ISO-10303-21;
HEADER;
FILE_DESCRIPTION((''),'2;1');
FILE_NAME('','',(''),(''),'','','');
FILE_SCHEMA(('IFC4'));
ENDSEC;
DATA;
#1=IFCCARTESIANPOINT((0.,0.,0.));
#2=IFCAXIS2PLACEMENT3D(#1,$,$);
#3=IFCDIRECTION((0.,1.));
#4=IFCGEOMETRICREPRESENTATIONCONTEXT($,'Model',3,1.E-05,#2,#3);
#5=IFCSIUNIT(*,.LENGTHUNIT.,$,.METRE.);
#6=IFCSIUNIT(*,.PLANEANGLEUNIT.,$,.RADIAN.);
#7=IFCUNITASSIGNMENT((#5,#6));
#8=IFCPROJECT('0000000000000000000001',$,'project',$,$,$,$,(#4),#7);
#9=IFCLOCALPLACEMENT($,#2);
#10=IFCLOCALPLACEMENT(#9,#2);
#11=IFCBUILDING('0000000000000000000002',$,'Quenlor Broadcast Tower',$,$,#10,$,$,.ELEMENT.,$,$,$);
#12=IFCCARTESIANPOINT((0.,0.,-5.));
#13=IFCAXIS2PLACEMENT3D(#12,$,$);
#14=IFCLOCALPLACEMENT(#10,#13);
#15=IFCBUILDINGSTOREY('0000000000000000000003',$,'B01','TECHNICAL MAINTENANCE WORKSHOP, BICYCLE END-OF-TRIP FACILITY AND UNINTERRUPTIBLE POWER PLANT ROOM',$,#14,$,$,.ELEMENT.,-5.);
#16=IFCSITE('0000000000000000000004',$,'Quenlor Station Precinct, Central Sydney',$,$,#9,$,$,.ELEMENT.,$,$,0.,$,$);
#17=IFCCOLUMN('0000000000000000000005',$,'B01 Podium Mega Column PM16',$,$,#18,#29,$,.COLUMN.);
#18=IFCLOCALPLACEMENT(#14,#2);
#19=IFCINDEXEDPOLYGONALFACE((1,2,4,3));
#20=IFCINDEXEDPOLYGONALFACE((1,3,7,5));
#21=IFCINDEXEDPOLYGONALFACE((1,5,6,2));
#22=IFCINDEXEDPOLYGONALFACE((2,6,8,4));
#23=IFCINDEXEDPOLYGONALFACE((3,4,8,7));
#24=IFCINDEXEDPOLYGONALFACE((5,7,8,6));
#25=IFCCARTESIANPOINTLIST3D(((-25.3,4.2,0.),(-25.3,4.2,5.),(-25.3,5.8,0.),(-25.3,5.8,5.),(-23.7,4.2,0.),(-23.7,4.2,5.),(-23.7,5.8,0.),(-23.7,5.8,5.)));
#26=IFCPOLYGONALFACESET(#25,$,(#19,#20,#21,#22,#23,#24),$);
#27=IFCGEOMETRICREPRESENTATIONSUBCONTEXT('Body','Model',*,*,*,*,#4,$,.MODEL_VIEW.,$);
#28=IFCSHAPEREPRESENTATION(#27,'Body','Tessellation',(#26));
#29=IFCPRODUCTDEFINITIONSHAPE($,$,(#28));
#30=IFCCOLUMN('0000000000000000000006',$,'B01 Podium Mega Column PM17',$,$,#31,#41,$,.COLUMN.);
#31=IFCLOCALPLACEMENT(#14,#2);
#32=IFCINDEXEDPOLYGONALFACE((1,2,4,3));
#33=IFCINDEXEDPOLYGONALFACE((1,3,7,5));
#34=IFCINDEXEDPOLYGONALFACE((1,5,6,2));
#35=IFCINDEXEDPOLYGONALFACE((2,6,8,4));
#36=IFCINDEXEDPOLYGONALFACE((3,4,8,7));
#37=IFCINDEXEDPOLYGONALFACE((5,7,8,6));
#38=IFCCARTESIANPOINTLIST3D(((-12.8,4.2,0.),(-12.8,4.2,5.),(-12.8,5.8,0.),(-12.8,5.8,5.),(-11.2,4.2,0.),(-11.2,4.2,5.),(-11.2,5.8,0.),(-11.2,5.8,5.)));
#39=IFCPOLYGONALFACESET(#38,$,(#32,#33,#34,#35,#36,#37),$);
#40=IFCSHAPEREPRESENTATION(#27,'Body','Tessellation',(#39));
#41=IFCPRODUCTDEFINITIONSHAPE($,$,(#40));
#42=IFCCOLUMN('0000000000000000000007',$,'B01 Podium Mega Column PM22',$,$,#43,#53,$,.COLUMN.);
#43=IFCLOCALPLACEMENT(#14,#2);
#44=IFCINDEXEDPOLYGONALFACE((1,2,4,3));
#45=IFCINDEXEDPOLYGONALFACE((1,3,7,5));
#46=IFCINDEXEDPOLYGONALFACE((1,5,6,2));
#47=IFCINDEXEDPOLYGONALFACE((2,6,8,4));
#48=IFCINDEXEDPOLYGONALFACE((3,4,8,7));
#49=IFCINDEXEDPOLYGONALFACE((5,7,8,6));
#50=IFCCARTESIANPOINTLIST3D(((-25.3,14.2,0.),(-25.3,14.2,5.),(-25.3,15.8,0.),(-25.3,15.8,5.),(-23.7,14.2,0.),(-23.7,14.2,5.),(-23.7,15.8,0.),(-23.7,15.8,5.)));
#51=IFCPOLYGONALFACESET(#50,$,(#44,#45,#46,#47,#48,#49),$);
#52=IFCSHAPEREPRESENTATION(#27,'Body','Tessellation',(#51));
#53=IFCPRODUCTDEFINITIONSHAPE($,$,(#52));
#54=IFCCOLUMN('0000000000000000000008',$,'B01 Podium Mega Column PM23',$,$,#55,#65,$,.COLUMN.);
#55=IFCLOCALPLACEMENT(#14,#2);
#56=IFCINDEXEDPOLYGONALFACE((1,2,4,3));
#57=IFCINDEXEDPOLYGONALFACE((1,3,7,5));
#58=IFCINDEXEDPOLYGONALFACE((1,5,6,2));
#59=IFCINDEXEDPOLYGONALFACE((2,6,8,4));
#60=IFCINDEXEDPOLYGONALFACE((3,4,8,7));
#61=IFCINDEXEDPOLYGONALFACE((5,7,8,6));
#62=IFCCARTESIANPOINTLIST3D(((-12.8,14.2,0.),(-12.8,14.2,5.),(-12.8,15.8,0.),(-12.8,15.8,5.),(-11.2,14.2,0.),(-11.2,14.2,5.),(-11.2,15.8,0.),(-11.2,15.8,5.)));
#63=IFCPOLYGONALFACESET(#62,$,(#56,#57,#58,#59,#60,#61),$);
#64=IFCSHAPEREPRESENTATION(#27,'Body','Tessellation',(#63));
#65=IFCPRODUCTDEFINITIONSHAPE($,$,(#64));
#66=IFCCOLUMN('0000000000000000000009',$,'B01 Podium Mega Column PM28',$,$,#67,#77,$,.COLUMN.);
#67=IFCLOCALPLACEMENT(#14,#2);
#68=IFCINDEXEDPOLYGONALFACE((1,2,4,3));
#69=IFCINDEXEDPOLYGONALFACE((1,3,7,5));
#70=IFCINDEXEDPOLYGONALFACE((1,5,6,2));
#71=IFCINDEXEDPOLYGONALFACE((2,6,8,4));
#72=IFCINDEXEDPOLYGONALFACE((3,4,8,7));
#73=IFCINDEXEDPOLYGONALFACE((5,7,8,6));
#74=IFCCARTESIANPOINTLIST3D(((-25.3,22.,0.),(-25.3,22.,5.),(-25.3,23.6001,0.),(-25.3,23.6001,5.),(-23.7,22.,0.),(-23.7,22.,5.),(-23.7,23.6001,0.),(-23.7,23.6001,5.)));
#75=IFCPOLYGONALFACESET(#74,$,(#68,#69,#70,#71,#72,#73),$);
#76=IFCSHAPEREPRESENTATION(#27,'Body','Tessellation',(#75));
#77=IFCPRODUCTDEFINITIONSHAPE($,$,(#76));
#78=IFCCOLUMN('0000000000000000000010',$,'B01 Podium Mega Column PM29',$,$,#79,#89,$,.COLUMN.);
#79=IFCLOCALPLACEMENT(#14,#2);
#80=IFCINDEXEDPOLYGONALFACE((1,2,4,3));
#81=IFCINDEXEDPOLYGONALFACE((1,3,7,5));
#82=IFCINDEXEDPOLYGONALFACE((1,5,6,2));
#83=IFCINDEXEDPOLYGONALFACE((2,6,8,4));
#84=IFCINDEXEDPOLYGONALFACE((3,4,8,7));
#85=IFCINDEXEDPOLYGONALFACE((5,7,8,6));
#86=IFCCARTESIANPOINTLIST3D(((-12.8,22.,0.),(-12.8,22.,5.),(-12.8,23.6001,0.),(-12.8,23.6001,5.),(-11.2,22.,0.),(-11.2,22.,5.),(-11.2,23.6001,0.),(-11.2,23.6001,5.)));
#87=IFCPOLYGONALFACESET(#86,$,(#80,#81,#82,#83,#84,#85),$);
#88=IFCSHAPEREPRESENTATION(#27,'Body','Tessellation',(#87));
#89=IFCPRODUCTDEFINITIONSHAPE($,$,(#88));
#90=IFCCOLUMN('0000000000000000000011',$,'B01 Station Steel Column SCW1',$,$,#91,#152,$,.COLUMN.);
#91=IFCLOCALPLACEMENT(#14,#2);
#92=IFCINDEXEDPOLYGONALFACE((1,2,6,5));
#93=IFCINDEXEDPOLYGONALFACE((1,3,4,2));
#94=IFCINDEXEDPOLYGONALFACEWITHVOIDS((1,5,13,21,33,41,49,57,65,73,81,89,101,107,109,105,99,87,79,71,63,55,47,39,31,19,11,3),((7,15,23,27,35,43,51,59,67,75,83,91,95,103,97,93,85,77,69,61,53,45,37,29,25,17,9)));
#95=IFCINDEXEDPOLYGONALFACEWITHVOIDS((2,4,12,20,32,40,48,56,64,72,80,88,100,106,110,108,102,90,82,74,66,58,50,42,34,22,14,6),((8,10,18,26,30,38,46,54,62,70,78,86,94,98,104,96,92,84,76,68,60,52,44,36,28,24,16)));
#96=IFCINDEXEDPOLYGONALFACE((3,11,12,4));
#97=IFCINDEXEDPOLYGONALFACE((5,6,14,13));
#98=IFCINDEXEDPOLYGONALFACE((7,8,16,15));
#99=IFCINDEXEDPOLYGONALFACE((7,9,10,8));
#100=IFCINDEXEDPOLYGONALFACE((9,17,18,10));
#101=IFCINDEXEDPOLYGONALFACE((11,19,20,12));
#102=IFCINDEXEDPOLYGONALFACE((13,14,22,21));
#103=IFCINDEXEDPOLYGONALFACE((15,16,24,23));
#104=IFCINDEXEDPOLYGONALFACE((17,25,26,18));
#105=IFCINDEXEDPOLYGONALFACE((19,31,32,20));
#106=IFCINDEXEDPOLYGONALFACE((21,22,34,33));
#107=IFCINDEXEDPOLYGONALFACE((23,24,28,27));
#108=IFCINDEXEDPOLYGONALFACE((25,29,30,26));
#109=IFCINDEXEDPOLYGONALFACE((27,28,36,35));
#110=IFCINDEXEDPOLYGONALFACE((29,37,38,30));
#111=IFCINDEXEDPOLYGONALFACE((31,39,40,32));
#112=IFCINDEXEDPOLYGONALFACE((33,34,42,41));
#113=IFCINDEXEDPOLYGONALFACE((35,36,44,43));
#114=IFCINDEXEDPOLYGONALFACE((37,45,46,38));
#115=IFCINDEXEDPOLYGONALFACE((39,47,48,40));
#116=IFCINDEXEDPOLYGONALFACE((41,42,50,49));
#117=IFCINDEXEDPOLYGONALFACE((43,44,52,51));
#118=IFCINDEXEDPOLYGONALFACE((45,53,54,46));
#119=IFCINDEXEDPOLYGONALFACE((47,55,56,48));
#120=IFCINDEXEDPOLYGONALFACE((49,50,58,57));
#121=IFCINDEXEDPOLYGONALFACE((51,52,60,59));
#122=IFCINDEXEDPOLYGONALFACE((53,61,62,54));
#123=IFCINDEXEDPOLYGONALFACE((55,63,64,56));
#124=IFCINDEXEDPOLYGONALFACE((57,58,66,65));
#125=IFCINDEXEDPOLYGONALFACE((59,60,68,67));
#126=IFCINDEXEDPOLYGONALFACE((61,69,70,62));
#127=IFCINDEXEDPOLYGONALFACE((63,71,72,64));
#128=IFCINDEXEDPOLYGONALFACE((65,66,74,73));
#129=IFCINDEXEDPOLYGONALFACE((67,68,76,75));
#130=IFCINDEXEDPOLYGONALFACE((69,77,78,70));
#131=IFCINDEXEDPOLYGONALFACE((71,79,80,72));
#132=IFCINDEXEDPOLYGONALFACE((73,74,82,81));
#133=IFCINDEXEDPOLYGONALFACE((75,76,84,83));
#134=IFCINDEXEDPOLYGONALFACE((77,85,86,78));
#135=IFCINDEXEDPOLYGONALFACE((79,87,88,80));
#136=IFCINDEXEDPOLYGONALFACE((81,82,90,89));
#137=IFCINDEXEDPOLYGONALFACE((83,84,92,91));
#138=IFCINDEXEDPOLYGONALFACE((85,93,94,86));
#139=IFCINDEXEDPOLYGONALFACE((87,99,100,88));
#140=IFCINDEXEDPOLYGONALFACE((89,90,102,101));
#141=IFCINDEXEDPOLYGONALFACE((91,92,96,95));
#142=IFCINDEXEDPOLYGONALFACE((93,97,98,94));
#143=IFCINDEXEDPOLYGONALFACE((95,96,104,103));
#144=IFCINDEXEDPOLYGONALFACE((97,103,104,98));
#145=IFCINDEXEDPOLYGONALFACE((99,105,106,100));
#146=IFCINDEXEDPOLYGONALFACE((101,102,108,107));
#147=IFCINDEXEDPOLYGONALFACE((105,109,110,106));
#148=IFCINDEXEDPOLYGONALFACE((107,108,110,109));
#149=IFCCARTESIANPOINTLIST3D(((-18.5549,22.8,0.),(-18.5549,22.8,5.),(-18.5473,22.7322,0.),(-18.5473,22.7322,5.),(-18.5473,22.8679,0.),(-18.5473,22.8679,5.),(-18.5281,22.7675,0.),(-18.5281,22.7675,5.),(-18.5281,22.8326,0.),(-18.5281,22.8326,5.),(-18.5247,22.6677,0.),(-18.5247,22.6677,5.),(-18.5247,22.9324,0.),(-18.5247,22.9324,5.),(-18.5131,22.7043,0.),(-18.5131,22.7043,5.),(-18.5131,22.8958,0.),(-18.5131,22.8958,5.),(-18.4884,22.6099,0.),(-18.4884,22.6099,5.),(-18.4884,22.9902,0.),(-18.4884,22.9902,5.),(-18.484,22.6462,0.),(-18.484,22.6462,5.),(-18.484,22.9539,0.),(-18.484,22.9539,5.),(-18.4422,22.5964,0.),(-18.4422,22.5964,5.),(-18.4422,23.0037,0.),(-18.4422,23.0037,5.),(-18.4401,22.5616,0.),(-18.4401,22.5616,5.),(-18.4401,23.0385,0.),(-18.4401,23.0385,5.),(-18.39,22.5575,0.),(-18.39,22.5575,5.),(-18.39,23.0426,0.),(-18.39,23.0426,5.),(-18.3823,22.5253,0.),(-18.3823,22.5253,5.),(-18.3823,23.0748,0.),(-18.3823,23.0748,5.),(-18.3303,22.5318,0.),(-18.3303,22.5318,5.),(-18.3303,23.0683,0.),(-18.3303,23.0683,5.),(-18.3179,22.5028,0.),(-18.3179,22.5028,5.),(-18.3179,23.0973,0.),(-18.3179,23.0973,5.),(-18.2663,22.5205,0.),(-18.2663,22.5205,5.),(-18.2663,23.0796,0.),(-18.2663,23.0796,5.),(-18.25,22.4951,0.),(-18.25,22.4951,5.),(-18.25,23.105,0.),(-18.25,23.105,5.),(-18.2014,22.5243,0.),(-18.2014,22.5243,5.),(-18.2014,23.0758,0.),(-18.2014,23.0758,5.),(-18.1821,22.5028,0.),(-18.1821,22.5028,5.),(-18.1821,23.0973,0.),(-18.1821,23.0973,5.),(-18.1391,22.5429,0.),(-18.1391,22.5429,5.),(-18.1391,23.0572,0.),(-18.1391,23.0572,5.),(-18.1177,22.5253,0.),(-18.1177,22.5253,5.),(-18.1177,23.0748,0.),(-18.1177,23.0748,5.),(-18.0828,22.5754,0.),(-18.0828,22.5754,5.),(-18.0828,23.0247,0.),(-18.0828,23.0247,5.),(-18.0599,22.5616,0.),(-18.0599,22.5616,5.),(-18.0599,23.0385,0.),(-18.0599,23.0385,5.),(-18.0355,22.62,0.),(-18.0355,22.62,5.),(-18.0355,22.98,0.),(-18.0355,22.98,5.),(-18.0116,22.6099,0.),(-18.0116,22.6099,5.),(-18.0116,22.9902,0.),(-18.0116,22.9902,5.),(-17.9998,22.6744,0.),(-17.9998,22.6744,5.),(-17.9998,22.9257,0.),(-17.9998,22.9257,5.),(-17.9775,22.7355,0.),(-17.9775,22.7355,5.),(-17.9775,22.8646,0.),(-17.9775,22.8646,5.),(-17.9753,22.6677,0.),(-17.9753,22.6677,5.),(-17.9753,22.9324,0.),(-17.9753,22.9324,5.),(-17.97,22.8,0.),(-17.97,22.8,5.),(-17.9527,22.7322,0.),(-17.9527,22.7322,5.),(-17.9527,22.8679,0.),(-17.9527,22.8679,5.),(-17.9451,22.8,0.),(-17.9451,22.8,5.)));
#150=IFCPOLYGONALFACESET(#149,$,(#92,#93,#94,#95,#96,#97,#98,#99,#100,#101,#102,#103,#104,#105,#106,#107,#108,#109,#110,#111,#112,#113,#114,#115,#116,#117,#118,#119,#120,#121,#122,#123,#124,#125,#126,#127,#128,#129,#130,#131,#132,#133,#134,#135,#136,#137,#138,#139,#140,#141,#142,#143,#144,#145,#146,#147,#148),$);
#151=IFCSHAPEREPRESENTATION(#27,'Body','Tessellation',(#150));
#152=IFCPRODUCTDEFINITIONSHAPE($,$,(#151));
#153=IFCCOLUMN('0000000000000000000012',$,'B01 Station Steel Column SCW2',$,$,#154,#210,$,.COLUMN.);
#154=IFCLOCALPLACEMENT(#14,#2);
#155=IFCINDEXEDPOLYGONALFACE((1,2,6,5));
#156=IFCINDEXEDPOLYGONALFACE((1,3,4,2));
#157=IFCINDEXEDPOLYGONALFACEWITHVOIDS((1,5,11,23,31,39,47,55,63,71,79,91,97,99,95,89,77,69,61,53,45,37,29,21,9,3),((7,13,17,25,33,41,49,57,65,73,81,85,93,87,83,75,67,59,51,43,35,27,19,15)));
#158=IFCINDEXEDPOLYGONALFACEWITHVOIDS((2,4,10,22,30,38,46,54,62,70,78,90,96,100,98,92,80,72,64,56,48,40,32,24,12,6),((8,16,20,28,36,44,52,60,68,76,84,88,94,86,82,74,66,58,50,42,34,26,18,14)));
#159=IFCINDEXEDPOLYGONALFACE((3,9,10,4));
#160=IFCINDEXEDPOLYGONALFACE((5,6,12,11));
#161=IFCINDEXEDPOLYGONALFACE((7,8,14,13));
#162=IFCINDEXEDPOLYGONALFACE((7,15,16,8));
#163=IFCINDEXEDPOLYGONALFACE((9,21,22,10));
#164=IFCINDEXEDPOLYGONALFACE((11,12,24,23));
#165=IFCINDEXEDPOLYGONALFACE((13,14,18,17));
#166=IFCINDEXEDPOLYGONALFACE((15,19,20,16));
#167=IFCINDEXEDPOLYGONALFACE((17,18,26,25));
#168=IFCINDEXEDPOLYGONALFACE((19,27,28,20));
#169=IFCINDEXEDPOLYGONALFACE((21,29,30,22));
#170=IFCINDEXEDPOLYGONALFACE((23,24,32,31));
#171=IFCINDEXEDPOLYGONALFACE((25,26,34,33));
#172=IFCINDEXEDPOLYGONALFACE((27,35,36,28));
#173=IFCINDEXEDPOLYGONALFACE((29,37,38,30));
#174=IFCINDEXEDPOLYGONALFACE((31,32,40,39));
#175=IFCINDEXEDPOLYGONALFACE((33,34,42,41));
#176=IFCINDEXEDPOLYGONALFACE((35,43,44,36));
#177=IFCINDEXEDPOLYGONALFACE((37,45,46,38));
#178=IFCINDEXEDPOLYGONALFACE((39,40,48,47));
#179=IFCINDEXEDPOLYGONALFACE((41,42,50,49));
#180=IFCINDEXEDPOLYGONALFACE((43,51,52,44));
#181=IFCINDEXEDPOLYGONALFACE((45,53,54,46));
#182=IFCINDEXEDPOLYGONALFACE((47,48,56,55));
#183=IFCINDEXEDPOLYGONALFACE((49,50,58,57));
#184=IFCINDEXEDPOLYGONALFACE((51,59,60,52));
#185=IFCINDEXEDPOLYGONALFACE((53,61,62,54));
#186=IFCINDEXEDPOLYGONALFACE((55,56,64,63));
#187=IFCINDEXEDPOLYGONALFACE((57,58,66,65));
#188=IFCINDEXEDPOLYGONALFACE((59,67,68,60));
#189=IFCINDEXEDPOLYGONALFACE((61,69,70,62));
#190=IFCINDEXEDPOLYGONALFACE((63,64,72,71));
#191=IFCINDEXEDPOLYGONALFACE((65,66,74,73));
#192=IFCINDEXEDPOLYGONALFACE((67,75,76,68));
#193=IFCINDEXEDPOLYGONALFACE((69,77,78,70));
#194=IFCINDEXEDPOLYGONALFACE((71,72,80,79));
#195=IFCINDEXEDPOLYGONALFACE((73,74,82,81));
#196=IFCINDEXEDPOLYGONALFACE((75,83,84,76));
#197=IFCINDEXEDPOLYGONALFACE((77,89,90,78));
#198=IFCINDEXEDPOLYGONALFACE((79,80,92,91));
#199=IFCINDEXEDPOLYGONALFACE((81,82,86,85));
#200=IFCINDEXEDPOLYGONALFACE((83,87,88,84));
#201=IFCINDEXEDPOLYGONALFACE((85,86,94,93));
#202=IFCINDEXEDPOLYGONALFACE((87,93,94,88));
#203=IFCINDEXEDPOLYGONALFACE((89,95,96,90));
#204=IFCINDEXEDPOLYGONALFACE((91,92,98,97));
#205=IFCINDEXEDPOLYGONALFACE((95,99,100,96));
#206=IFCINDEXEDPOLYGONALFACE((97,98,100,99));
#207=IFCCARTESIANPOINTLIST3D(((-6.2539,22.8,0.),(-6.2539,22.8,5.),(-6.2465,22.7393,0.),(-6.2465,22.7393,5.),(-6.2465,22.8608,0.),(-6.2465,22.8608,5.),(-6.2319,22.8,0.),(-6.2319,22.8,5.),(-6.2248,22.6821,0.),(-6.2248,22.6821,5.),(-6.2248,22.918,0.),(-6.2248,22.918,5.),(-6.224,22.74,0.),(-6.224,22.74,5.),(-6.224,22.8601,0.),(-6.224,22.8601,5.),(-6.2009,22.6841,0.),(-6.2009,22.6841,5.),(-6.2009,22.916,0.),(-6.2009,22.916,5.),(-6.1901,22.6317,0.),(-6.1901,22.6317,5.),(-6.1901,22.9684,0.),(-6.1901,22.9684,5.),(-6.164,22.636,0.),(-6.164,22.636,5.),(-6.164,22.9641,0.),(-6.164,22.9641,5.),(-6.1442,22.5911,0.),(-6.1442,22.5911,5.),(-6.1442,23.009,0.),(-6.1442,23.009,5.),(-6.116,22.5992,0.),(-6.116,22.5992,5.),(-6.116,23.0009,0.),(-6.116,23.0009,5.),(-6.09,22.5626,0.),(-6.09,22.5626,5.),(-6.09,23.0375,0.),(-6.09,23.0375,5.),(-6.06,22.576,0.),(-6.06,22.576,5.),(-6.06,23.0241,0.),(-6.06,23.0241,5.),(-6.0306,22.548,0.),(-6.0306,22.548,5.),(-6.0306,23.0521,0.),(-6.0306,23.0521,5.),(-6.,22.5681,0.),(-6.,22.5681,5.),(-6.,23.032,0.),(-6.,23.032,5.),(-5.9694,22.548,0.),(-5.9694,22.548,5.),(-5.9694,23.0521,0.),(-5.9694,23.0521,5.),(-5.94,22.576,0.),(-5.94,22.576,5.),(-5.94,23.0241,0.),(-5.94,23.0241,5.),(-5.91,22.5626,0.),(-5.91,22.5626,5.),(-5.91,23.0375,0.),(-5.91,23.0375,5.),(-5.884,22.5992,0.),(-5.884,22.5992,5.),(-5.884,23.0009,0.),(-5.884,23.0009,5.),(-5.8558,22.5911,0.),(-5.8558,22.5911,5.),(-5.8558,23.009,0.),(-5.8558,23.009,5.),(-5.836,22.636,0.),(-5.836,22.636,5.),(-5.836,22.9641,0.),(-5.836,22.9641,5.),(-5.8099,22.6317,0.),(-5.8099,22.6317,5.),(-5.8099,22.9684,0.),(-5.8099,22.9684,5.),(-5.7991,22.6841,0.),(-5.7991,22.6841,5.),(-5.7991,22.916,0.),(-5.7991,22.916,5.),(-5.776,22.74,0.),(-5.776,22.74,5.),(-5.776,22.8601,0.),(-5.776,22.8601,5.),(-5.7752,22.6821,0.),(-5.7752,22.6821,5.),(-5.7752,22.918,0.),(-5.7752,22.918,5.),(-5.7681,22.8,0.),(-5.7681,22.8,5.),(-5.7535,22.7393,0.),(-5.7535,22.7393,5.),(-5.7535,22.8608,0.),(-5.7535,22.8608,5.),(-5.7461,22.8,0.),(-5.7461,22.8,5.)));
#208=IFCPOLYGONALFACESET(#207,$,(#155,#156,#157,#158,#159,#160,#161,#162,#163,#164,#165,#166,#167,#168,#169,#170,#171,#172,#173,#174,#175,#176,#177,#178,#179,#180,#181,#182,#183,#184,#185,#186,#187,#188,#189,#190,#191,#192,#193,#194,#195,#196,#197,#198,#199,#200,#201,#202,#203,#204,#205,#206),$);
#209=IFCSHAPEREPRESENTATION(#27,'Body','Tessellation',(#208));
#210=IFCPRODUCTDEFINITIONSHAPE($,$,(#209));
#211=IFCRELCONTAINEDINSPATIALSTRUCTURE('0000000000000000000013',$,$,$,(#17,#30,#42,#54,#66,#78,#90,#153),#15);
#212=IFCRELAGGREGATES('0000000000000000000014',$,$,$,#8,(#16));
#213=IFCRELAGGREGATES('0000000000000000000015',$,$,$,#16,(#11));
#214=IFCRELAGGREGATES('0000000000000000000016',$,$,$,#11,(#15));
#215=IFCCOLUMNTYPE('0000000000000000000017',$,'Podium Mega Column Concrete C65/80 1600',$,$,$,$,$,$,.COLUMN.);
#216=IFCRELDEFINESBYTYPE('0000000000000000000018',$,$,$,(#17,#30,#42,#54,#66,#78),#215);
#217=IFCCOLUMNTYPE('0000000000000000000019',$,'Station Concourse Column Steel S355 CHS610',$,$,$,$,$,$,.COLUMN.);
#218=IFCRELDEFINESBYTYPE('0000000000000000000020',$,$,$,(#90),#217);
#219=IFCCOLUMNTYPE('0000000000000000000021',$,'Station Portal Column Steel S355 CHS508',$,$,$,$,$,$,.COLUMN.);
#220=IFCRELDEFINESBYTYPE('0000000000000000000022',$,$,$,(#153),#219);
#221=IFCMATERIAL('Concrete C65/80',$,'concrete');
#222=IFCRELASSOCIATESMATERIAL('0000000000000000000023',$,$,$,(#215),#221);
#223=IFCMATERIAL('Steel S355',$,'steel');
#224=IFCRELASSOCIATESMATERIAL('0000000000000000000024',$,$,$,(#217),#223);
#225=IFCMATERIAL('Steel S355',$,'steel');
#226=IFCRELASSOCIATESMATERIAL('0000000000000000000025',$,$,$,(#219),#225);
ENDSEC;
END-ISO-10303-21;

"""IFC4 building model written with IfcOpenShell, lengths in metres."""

from ifc_helpers import new_model, si_unit, direction, frame, origin, origin_2d, place, context, subcontext, project, spatial, rectangle, hollow_circle, extrude, material, material_profile, profile_set, type_object, element, save


model = new_model("IFC4")

# Units and contexts
model_context = context("Model", 3, precision=1e-05, world=origin(), true_north=direction((0.0, 1.0)))
body_context = subcontext(model_context, "Body", "Model", "MODEL_VIEW")
ifc_project = project(units=[si_unit("LENGTHUNIT", "METRE"), si_unit("PLANEANGLEUNIT", "RADIAN")], contexts=[model_context])

# Site, building, storey
site_placement = place(None, origin())
site = spatial("IfcSite", under=ifc_project, at=site_placement, Name="Quenlor Station Precinct, Central Sydney", CompositionType="ELEMENT", RefElevation=0.0)
building_placement = place(site_placement, origin())
building = spatial("IfcBuilding", under=site, at=building_placement, Name="Quenlor Broadcast Tower", CompositionType="ELEMENT")
storey_placement = place(building_placement, frame((0.0, 0.0, -5.0)))
storey = spatial("IfcBuildingStorey", under=building, at=storey_placement, Name="B01", Description="TECHNICAL MAINTENANCE WORKSHOP, BICYCLE END-OF-TRIP FACILITY AND UNINTERRUPTIBLE POWER PLANT ROOM", CompositionType="ELEMENT", Elevation=-5.0)

# Columns
ifc_material_1 = material(Name="Concrete C65/80", Category="concrete")
ifc_material_profile_1 = material_profile(ifc_material_1, rectangle(XDim=1.6001, YDim=1.6001, at=origin_2d()))
ifc_profile_set_1 = profile_set([ifc_material_profile_1], Name="Concrete C65/80 RC1600x1600")
column_type_1 = type_object("IfcColumnType", Name="Podium Mega Column Concrete C65/80 1600", PredefinedType="COLUMN", material=ifc_profile_set_1)
for number, where, z_axis, x_axis, name in (
    (1, (-24.5, 5.0, 0.0), (0.0, 0.0, 1.0), (1.0, 0.0, 0.0), "B01 Podium Mega Column PM16"),
    (2, (-12.0, 5.0, 0.0), (0.0, 0.0, 1.0), (1.0, 0.0, 0.0), "B01 Podium Mega Column PM17"),
    (3, (-24.5, 15.0, 0.0), (0.0, 0.0, 1.0), (1.0, 0.0, 0.0), "B01 Podium Mega Column PM22"),
    (4, (-12.0, 15.0, 0.0), (0.0, 0.0, 1.0), (1.0, 0.0, 0.0), "B01 Podium Mega Column PM23"),
    (5, (-24.5, 22.8, 0.0), (0.0, 0.0, 1.0), (1.0, 0.0, 0.0), "B01 Podium Mega Column PM28"),
    (6, (-12.0, 22.8, 0.0), (0.0, 0.0, 1.0), (1.0, 0.0, 0.0), "B01 Podium Mega Column PM29"),
):
    element("IfcColumn", number, at=place(storey_placement, frame(where, z_axis=z_axis, x_axis=x_axis)), inside=storey, type_object=column_type_1, Name=name, PredefinedType="COLUMN", context=body_context, shape_type="SweptSolid", body=[
        extrude(rectangle(XDim=1.6001, YDim=1.6001, at=origin_2d()), origin(), (0.0, 0.0, 1.0), 5.0),
    ])
ifc_material_2 = material(Name="Steel S355", Category="steel")
ifc_material_profile_2 = material_profile(ifc_material_2, hollow_circle(Radius=0.3049, WallThickness=0.0249, at=origin_2d()))
ifc_profile_set_2 = profile_set([ifc_material_profile_2], Name="Steel S355 CHS610x25")
column_type_2 = type_object("IfcColumnType", Name="Station Concourse Column Steel S355 CHS610", PredefinedType="COLUMN", material=ifc_profile_set_2)
column_1_placement = place(storey_placement, frame((-18.25, 22.8, 0.0), z_axis=(0.0, 0.0, 1.0), x_axis=(1.0, 0.0, 0.0)))
element("IfcColumn", 7, at=column_1_placement, inside=storey, type_object=column_type_2, Name="B01 Station Steel Column SCW1", PredefinedType="COLUMN", context=body_context, shape_type="SweptSolid", body=[
    extrude(hollow_circle(Radius=0.3049, WallThickness=0.0249, at=origin_2d()), origin(), (0.0, 0.0, 1.0), 5.0),
])
ifc_material_3 = material(Name="Steel S355", Category="steel")
ifc_material_profile_3 = material_profile(ifc_material_3, hollow_circle(Radius=0.2539, WallThickness=0.022, at=origin_2d()))
ifc_profile_set_3 = profile_set([ifc_material_profile_3], Name="Steel S355 CHS508x22")
column_type_3 = type_object("IfcColumnType", Name="Station Portal Column Steel S355 CHS508", PredefinedType="COLUMN", material=ifc_profile_set_3)
column_2_placement = place(storey_placement, frame((-6.0, 22.8, 0.0), z_axis=(0.0, 0.0, 1.0), x_axis=(1.0, 0.0, 0.0)))
element("IfcColumn", 8, at=column_2_placement, inside=storey, type_object=column_type_3, Name="B01 Station Steel Column SCW2", PredefinedType="COLUMN", context=body_context, shape_type="SweptSolid", body=[
    extrude(hollow_circle(Radius=0.2539, WallThickness=0.022, at=origin_2d()), origin(), (0.0, 0.0, 1.0), 5.0),
])

save(model, "model.ifc")
